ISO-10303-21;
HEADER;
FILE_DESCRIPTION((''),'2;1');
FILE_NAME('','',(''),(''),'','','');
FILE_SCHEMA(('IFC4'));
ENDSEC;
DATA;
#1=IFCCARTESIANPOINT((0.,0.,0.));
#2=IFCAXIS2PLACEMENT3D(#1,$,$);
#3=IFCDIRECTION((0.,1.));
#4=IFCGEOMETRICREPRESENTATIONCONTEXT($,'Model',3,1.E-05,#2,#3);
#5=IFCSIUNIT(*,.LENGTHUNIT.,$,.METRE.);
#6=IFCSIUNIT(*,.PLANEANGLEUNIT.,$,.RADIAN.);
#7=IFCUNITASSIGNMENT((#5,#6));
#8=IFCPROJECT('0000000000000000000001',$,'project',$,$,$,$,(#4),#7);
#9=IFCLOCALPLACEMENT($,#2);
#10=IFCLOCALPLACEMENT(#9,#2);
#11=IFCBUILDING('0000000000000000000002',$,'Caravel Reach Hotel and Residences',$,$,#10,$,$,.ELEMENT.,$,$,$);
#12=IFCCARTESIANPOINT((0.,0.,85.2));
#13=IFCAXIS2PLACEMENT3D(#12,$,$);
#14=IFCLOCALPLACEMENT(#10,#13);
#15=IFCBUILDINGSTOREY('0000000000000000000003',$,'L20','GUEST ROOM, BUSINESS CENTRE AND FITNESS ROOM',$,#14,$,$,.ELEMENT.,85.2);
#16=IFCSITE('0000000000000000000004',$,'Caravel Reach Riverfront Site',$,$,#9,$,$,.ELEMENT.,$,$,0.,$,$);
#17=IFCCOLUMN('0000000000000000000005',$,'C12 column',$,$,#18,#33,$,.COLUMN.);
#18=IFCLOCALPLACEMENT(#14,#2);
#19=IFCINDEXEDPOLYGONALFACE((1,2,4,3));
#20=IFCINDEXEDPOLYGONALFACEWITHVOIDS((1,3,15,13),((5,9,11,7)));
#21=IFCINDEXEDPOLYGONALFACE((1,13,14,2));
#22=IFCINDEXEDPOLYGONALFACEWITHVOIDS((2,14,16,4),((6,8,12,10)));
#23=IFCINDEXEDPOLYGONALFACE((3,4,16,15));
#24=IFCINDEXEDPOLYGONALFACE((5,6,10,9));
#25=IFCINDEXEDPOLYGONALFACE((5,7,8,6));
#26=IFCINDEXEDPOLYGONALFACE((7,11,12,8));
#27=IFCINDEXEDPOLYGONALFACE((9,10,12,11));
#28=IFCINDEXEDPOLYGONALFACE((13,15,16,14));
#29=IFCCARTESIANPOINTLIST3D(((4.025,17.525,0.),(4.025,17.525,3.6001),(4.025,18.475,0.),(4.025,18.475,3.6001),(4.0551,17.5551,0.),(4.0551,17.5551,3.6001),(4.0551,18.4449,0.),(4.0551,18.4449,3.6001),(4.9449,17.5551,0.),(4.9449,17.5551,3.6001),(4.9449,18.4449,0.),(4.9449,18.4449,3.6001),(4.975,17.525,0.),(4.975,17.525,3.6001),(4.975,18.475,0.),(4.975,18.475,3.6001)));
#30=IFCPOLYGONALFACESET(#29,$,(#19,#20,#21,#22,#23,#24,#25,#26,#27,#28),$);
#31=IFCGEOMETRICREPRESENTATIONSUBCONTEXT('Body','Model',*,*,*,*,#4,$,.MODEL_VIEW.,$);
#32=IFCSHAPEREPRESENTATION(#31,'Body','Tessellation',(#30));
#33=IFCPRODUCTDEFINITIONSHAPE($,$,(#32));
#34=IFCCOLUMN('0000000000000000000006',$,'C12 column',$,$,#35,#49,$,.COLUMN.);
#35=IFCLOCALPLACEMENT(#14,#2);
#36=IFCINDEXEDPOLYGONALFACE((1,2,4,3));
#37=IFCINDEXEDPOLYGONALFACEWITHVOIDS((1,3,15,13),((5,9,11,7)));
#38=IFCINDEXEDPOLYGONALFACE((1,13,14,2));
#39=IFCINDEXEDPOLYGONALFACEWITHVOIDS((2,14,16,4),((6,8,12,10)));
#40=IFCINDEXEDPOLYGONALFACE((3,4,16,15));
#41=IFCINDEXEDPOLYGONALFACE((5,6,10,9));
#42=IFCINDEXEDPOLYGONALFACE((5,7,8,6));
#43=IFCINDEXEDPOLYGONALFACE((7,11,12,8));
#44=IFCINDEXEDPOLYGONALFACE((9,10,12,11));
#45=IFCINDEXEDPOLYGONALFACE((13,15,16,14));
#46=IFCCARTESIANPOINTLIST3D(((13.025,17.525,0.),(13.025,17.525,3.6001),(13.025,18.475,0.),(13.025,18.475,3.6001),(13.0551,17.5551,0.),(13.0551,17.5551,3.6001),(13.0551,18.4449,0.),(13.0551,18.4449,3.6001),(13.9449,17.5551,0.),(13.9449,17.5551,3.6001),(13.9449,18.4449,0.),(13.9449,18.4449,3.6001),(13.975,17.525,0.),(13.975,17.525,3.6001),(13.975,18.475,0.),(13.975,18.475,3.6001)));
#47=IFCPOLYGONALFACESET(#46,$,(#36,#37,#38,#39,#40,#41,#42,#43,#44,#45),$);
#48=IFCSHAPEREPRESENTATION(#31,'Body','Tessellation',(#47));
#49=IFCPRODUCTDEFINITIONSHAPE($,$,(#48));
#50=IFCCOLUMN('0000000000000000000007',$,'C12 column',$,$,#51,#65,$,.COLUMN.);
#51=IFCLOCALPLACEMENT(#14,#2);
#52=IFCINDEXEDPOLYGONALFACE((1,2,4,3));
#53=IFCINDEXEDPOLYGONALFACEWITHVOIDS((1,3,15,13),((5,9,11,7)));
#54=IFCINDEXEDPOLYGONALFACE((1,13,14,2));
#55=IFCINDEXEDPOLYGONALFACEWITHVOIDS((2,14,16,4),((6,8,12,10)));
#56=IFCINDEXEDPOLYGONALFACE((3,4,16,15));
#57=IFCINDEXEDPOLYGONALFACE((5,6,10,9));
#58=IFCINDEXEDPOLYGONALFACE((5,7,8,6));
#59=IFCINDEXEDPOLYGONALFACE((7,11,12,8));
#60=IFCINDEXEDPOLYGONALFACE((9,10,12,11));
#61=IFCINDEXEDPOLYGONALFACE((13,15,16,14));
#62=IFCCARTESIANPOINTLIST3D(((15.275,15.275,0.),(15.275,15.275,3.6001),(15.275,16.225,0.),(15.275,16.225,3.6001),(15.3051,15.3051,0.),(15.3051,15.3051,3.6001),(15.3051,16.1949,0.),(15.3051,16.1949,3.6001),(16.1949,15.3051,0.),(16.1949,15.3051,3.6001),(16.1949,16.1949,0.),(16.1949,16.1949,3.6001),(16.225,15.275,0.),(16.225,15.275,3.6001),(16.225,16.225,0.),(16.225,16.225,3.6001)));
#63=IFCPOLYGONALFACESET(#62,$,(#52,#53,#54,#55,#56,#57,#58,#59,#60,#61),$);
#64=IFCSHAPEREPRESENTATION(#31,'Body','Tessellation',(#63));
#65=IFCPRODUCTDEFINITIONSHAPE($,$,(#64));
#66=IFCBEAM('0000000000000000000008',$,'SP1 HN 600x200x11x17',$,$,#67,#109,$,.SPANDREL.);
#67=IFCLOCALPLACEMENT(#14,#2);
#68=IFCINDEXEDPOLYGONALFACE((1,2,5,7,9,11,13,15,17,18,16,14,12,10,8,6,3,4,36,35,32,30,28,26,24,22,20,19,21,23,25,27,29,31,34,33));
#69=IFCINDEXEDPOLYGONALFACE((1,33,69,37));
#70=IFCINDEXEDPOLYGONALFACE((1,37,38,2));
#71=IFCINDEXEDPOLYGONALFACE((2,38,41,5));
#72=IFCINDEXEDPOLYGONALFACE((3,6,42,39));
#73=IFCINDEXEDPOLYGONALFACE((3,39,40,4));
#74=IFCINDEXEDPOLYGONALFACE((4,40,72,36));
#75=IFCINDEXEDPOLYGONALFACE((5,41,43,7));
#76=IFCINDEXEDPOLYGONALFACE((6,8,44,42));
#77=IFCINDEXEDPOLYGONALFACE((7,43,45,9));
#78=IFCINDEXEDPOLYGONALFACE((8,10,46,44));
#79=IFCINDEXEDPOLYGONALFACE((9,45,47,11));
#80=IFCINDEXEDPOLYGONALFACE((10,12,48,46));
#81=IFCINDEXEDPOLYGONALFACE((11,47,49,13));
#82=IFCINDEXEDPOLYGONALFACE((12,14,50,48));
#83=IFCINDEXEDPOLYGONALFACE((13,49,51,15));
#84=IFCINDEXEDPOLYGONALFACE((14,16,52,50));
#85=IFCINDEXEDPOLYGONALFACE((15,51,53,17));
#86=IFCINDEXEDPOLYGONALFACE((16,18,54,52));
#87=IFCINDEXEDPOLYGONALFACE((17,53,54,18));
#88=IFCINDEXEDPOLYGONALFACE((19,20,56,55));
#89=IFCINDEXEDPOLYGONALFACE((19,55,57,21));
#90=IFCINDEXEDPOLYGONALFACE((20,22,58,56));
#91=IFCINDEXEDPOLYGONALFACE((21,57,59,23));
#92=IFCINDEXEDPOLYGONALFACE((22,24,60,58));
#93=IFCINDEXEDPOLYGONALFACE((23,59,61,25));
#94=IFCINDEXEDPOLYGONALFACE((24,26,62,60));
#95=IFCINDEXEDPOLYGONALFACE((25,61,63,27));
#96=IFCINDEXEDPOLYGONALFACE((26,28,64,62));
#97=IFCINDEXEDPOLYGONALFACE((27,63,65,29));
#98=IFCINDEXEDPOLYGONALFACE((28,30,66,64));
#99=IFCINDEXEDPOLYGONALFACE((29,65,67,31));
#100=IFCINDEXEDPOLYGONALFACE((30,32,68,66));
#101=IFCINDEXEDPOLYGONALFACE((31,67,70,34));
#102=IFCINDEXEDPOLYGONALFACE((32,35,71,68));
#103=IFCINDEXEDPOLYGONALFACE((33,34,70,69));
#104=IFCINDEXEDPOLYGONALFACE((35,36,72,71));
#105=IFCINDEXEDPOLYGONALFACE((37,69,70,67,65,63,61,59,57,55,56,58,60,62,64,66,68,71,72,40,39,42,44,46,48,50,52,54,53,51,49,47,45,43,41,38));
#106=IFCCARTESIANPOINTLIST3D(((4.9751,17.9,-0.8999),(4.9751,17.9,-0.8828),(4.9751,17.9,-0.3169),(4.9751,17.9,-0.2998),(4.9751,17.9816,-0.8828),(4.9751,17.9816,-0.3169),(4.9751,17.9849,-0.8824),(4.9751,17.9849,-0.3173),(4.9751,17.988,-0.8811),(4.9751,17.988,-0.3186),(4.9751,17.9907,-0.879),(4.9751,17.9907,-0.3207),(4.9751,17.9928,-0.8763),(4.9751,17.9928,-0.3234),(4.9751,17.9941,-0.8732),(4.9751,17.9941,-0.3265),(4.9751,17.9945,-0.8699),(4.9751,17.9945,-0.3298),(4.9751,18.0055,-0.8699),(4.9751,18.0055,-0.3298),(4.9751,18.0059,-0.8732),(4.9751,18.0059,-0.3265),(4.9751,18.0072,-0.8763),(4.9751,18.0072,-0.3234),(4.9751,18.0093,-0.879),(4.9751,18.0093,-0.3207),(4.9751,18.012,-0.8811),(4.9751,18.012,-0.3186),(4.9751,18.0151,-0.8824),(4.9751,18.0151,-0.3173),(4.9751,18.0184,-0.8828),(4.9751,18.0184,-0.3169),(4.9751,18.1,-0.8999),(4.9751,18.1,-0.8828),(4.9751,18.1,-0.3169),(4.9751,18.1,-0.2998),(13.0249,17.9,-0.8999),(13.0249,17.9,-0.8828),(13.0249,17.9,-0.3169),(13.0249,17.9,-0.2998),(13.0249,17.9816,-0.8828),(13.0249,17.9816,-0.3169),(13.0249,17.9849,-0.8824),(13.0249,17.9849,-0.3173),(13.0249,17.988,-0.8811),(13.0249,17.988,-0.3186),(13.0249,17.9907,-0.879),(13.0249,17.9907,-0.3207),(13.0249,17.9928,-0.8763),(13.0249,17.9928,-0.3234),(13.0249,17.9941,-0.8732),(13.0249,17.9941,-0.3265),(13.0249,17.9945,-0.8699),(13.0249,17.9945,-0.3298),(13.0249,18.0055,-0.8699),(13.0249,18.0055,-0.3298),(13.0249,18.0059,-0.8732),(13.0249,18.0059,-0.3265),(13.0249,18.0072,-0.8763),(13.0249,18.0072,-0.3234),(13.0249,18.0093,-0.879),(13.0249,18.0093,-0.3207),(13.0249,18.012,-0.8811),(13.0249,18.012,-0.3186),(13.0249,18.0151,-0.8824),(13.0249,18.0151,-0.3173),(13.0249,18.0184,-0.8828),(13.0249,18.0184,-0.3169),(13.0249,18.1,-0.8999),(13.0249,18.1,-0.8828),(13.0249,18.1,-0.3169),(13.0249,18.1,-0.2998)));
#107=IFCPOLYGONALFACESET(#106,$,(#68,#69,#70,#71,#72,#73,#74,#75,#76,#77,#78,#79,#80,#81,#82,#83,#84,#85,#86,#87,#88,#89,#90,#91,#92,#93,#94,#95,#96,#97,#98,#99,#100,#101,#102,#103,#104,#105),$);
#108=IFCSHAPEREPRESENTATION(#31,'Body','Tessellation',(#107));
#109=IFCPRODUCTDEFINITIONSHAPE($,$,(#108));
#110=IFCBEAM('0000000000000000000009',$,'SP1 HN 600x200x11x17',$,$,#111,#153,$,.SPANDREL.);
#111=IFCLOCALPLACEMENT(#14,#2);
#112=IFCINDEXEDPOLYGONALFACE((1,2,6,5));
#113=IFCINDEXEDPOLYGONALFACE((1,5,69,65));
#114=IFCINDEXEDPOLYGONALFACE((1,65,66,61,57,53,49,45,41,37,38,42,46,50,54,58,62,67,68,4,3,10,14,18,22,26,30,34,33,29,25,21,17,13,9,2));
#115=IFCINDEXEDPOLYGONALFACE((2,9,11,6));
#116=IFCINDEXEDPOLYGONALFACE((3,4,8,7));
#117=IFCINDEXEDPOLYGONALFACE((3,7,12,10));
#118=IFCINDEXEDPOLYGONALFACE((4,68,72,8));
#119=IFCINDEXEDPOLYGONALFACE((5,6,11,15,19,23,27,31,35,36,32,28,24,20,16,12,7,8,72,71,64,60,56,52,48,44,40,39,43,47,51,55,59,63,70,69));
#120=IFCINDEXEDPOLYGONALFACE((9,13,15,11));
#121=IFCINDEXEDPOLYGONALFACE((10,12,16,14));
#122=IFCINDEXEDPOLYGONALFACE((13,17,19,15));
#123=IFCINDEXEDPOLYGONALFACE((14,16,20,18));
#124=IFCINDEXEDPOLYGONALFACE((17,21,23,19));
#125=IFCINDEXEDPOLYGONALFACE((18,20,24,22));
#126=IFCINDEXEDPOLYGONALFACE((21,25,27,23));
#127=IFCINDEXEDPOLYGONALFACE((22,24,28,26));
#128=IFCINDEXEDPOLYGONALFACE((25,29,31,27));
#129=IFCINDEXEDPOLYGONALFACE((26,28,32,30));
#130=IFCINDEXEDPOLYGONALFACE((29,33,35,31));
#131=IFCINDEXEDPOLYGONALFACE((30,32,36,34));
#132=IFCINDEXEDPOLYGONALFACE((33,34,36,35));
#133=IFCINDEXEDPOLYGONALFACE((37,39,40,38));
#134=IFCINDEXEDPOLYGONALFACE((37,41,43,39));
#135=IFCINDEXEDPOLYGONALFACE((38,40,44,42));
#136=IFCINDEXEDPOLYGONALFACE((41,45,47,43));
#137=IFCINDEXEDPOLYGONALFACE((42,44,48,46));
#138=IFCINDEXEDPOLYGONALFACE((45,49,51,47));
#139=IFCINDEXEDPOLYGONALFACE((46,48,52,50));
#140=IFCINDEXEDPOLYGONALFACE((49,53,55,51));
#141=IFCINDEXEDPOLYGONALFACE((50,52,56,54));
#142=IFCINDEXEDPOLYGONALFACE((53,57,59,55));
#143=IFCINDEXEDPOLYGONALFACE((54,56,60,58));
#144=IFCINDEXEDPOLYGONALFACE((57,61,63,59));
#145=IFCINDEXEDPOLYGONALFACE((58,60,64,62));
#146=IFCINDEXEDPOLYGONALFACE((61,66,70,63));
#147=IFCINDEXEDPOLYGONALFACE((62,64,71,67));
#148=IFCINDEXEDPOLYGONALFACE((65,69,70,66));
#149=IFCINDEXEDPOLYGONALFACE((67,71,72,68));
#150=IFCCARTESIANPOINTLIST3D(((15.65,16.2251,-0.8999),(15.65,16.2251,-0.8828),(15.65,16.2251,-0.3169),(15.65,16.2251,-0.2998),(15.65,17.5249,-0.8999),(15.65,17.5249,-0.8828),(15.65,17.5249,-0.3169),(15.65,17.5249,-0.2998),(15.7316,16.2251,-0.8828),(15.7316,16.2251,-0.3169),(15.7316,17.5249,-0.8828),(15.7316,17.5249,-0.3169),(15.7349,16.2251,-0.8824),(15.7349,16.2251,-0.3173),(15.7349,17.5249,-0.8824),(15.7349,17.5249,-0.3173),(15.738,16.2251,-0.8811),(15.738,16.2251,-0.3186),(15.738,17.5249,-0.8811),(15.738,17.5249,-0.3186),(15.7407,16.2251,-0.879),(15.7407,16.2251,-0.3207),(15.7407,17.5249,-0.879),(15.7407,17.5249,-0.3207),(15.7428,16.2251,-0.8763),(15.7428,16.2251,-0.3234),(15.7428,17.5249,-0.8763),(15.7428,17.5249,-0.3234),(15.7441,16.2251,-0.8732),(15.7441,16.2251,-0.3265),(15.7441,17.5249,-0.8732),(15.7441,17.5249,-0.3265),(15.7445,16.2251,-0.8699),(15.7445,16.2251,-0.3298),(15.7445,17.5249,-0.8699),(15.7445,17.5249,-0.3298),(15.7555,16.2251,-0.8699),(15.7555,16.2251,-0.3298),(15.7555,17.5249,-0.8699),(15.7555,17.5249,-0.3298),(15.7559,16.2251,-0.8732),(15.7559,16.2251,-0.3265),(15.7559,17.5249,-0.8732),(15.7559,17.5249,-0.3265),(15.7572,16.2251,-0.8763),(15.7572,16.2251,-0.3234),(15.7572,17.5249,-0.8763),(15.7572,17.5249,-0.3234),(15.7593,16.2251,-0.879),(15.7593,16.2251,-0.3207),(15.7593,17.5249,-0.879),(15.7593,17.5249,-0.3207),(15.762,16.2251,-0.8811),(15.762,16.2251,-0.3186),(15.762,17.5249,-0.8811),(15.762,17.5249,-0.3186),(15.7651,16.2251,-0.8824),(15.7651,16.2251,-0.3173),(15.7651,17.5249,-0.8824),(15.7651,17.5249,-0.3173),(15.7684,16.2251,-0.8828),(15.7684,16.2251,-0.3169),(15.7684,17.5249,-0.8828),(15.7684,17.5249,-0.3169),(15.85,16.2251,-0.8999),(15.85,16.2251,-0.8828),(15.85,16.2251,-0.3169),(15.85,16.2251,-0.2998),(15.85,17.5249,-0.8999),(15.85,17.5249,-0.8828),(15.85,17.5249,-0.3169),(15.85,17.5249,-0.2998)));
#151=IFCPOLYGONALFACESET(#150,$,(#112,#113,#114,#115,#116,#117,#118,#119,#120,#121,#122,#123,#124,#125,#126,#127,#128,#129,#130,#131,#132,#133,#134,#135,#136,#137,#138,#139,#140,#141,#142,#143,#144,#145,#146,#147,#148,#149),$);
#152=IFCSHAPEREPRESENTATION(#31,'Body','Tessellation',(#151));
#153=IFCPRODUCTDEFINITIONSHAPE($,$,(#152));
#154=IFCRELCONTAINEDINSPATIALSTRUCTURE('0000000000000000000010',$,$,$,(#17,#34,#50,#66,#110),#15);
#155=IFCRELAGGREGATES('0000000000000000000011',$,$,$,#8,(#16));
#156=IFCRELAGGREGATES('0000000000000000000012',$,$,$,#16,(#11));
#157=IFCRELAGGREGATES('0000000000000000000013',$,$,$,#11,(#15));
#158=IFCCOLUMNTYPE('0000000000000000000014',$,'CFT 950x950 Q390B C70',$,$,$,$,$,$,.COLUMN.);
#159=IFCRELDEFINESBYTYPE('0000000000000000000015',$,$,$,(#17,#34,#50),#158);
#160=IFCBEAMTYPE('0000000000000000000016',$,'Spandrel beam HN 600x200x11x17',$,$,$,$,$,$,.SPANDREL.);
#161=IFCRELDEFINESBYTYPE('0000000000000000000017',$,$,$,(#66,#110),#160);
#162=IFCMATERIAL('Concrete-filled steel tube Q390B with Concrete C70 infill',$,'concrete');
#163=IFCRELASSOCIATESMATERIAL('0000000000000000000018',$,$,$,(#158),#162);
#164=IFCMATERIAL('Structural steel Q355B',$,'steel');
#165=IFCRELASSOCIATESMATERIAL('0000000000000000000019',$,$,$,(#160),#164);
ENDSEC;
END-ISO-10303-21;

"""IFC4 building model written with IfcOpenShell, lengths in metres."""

from ifc_helpers import new_model, si_unit, direction, frame, origin, origin_2d, place, context, subcontext, project, spatial, hollow_rectangle, i_section, extrude, material, material_profile, profile_set, type_object, element, save


model = new_model("IFC4")

# Units and contexts
model_context = context("Model", 3, precision=1e-05, world=origin(), true_north=direction((0.0, 1.0)))
body_context = subcontext(model_context, "Body", "Model", "MODEL_VIEW")
ifc_project = project(units=[si_unit("LENGTHUNIT", "METRE"), si_unit("PLANEANGLEUNIT", "RADIAN")], contexts=[model_context])

# Site, building, storey
site_placement = place(None, origin())
site = spatial("IfcSite", under=ifc_project, at=site_placement, Name="Caravel Reach Riverfront Site", CompositionType="ELEMENT", RefElevation=0.0)
building_placement = place(site_placement, origin())
building = spatial("IfcBuilding", under=site, at=building_placement, Name="Caravel Reach Hotel and Residences", CompositionType="ELEMENT")
storey_placement = place(building_placement, frame((0.0, 0.0, 85.2)))
storey = spatial("IfcBuildingStorey", under=building, at=storey_placement, Name="L20", Description="GUEST ROOM, BUSINESS CENTRE AND FITNESS ROOM", CompositionType="ELEMENT", Elevation=85.2)

# Columns
ifc_material_1 = material(Name="Concrete-filled steel tube Q390B with Concrete C70 infill", Category="concrete")
ifc_material_profile_1 = material_profile(ifc_material_1, hollow_rectangle(XDim=0.95, YDim=0.95, WallThickness=0.03, at=origin_2d()), Name="RHS 950x950x30")
ifc_profile_set_1 = profile_set([ifc_material_profile_1], Name="Concrete-filled steel tube Q390B with Concrete C70 infill")
column_type = type_object("IfcColumnType", Name="CFT 950x950 Q390B C70", PredefinedType="COLUMN", material=ifc_profile_set_1)
for number, where, z_axis, x_axis, name in (
    (1, (4.5, 18.0, 0.0), (0.0, 0.0, 1.0), (1.0, 0.0, 0.0), "C12 column"),
    (2, (13.5, 18.0, 0.0), (0.0, 0.0, 1.0), (1.0, 0.0, 0.0), "C12 column"),
    (3, (15.75, 15.75, 0.0), (0.0, 0.0, 1.0), (1.0, 0.0, 0.0), "C12 column"),
):
    element("IfcColumn", number, at=place(storey_placement, frame(where, z_axis=z_axis, x_axis=x_axis)), inside=storey, type_object=column_type, Name=name, PredefinedType="COLUMN", context=body_context, shape_type="SweptSolid", body=[
        extrude(hollow_rectangle(XDim=0.95, YDim=0.95, WallThickness=0.03, at=origin_2d()), origin(), (0.0, 0.0, 1.0), 3.6001),
    ])

# Beams
ifc_material_2 = material(Name="Structural steel Q355B", Category="steel")
ifc_material_profile_2 = material_profile(ifc_material_2, i_section(OverallWidth=0.2, OverallDepth=0.6001, WebThickness=0.011, FlangeThickness=0.0171, FilletRadius=0.0129, at=origin_2d()), Name="HN 600x200x11x17")
ifc_profile_set_2 = profile_set([ifc_material_profile_2], Name="Structural steel Q355B")
beam_type = type_object("IfcBeamType", Name="Spandrel beam HN 600x200x11x17", PredefinedType="SPANDREL", material=ifc_profile_set_2)
beam_1_placement = place(storey_placement, frame((4.9751, 18.0, -0.5999), z_axis=(1.0, 0.0, 0.0), x_axis=(0.0, 1.0, 0.0)))
element("IfcBeam", 4, at=beam_1_placement, inside=storey, type_object=beam_type, Name="SP1 HN 600x200x11x17", PredefinedType="SPANDREL", context=body_context, shape_type="SweptSolid", body=[
    extrude(i_section(OverallWidth=0.2, OverallDepth=0.6001, WebThickness=0.011, FlangeThickness=0.0171, FilletRadius=0.0129, at=origin_2d()), origin(), (0.0, 0.0, 1.0), 8.0498),
])
beam_2_placement = place(storey_placement, frame((15.75, 17.5249, -0.5999), z_axis=(0.0, -1.0, 0.0), x_axis=(1.0, 0.0, 0.0)))
element("IfcBeam", 5, at=beam_2_placement, inside=storey, type_object=beam_type, Name="SP1 HN 600x200x11x17", PredefinedType="SPANDREL", context=body_context, shape_type="SweptSolid", body=[
    extrude(i_section(OverallWidth=0.2, OverallDepth=0.6001, WebThickness=0.011, FlangeThickness=0.0171, FilletRadius=0.0129, at=origin_2d()), origin(), (0.0, 0.0, 1.0), 1.2998),
])

save(model, "model.ifc")
